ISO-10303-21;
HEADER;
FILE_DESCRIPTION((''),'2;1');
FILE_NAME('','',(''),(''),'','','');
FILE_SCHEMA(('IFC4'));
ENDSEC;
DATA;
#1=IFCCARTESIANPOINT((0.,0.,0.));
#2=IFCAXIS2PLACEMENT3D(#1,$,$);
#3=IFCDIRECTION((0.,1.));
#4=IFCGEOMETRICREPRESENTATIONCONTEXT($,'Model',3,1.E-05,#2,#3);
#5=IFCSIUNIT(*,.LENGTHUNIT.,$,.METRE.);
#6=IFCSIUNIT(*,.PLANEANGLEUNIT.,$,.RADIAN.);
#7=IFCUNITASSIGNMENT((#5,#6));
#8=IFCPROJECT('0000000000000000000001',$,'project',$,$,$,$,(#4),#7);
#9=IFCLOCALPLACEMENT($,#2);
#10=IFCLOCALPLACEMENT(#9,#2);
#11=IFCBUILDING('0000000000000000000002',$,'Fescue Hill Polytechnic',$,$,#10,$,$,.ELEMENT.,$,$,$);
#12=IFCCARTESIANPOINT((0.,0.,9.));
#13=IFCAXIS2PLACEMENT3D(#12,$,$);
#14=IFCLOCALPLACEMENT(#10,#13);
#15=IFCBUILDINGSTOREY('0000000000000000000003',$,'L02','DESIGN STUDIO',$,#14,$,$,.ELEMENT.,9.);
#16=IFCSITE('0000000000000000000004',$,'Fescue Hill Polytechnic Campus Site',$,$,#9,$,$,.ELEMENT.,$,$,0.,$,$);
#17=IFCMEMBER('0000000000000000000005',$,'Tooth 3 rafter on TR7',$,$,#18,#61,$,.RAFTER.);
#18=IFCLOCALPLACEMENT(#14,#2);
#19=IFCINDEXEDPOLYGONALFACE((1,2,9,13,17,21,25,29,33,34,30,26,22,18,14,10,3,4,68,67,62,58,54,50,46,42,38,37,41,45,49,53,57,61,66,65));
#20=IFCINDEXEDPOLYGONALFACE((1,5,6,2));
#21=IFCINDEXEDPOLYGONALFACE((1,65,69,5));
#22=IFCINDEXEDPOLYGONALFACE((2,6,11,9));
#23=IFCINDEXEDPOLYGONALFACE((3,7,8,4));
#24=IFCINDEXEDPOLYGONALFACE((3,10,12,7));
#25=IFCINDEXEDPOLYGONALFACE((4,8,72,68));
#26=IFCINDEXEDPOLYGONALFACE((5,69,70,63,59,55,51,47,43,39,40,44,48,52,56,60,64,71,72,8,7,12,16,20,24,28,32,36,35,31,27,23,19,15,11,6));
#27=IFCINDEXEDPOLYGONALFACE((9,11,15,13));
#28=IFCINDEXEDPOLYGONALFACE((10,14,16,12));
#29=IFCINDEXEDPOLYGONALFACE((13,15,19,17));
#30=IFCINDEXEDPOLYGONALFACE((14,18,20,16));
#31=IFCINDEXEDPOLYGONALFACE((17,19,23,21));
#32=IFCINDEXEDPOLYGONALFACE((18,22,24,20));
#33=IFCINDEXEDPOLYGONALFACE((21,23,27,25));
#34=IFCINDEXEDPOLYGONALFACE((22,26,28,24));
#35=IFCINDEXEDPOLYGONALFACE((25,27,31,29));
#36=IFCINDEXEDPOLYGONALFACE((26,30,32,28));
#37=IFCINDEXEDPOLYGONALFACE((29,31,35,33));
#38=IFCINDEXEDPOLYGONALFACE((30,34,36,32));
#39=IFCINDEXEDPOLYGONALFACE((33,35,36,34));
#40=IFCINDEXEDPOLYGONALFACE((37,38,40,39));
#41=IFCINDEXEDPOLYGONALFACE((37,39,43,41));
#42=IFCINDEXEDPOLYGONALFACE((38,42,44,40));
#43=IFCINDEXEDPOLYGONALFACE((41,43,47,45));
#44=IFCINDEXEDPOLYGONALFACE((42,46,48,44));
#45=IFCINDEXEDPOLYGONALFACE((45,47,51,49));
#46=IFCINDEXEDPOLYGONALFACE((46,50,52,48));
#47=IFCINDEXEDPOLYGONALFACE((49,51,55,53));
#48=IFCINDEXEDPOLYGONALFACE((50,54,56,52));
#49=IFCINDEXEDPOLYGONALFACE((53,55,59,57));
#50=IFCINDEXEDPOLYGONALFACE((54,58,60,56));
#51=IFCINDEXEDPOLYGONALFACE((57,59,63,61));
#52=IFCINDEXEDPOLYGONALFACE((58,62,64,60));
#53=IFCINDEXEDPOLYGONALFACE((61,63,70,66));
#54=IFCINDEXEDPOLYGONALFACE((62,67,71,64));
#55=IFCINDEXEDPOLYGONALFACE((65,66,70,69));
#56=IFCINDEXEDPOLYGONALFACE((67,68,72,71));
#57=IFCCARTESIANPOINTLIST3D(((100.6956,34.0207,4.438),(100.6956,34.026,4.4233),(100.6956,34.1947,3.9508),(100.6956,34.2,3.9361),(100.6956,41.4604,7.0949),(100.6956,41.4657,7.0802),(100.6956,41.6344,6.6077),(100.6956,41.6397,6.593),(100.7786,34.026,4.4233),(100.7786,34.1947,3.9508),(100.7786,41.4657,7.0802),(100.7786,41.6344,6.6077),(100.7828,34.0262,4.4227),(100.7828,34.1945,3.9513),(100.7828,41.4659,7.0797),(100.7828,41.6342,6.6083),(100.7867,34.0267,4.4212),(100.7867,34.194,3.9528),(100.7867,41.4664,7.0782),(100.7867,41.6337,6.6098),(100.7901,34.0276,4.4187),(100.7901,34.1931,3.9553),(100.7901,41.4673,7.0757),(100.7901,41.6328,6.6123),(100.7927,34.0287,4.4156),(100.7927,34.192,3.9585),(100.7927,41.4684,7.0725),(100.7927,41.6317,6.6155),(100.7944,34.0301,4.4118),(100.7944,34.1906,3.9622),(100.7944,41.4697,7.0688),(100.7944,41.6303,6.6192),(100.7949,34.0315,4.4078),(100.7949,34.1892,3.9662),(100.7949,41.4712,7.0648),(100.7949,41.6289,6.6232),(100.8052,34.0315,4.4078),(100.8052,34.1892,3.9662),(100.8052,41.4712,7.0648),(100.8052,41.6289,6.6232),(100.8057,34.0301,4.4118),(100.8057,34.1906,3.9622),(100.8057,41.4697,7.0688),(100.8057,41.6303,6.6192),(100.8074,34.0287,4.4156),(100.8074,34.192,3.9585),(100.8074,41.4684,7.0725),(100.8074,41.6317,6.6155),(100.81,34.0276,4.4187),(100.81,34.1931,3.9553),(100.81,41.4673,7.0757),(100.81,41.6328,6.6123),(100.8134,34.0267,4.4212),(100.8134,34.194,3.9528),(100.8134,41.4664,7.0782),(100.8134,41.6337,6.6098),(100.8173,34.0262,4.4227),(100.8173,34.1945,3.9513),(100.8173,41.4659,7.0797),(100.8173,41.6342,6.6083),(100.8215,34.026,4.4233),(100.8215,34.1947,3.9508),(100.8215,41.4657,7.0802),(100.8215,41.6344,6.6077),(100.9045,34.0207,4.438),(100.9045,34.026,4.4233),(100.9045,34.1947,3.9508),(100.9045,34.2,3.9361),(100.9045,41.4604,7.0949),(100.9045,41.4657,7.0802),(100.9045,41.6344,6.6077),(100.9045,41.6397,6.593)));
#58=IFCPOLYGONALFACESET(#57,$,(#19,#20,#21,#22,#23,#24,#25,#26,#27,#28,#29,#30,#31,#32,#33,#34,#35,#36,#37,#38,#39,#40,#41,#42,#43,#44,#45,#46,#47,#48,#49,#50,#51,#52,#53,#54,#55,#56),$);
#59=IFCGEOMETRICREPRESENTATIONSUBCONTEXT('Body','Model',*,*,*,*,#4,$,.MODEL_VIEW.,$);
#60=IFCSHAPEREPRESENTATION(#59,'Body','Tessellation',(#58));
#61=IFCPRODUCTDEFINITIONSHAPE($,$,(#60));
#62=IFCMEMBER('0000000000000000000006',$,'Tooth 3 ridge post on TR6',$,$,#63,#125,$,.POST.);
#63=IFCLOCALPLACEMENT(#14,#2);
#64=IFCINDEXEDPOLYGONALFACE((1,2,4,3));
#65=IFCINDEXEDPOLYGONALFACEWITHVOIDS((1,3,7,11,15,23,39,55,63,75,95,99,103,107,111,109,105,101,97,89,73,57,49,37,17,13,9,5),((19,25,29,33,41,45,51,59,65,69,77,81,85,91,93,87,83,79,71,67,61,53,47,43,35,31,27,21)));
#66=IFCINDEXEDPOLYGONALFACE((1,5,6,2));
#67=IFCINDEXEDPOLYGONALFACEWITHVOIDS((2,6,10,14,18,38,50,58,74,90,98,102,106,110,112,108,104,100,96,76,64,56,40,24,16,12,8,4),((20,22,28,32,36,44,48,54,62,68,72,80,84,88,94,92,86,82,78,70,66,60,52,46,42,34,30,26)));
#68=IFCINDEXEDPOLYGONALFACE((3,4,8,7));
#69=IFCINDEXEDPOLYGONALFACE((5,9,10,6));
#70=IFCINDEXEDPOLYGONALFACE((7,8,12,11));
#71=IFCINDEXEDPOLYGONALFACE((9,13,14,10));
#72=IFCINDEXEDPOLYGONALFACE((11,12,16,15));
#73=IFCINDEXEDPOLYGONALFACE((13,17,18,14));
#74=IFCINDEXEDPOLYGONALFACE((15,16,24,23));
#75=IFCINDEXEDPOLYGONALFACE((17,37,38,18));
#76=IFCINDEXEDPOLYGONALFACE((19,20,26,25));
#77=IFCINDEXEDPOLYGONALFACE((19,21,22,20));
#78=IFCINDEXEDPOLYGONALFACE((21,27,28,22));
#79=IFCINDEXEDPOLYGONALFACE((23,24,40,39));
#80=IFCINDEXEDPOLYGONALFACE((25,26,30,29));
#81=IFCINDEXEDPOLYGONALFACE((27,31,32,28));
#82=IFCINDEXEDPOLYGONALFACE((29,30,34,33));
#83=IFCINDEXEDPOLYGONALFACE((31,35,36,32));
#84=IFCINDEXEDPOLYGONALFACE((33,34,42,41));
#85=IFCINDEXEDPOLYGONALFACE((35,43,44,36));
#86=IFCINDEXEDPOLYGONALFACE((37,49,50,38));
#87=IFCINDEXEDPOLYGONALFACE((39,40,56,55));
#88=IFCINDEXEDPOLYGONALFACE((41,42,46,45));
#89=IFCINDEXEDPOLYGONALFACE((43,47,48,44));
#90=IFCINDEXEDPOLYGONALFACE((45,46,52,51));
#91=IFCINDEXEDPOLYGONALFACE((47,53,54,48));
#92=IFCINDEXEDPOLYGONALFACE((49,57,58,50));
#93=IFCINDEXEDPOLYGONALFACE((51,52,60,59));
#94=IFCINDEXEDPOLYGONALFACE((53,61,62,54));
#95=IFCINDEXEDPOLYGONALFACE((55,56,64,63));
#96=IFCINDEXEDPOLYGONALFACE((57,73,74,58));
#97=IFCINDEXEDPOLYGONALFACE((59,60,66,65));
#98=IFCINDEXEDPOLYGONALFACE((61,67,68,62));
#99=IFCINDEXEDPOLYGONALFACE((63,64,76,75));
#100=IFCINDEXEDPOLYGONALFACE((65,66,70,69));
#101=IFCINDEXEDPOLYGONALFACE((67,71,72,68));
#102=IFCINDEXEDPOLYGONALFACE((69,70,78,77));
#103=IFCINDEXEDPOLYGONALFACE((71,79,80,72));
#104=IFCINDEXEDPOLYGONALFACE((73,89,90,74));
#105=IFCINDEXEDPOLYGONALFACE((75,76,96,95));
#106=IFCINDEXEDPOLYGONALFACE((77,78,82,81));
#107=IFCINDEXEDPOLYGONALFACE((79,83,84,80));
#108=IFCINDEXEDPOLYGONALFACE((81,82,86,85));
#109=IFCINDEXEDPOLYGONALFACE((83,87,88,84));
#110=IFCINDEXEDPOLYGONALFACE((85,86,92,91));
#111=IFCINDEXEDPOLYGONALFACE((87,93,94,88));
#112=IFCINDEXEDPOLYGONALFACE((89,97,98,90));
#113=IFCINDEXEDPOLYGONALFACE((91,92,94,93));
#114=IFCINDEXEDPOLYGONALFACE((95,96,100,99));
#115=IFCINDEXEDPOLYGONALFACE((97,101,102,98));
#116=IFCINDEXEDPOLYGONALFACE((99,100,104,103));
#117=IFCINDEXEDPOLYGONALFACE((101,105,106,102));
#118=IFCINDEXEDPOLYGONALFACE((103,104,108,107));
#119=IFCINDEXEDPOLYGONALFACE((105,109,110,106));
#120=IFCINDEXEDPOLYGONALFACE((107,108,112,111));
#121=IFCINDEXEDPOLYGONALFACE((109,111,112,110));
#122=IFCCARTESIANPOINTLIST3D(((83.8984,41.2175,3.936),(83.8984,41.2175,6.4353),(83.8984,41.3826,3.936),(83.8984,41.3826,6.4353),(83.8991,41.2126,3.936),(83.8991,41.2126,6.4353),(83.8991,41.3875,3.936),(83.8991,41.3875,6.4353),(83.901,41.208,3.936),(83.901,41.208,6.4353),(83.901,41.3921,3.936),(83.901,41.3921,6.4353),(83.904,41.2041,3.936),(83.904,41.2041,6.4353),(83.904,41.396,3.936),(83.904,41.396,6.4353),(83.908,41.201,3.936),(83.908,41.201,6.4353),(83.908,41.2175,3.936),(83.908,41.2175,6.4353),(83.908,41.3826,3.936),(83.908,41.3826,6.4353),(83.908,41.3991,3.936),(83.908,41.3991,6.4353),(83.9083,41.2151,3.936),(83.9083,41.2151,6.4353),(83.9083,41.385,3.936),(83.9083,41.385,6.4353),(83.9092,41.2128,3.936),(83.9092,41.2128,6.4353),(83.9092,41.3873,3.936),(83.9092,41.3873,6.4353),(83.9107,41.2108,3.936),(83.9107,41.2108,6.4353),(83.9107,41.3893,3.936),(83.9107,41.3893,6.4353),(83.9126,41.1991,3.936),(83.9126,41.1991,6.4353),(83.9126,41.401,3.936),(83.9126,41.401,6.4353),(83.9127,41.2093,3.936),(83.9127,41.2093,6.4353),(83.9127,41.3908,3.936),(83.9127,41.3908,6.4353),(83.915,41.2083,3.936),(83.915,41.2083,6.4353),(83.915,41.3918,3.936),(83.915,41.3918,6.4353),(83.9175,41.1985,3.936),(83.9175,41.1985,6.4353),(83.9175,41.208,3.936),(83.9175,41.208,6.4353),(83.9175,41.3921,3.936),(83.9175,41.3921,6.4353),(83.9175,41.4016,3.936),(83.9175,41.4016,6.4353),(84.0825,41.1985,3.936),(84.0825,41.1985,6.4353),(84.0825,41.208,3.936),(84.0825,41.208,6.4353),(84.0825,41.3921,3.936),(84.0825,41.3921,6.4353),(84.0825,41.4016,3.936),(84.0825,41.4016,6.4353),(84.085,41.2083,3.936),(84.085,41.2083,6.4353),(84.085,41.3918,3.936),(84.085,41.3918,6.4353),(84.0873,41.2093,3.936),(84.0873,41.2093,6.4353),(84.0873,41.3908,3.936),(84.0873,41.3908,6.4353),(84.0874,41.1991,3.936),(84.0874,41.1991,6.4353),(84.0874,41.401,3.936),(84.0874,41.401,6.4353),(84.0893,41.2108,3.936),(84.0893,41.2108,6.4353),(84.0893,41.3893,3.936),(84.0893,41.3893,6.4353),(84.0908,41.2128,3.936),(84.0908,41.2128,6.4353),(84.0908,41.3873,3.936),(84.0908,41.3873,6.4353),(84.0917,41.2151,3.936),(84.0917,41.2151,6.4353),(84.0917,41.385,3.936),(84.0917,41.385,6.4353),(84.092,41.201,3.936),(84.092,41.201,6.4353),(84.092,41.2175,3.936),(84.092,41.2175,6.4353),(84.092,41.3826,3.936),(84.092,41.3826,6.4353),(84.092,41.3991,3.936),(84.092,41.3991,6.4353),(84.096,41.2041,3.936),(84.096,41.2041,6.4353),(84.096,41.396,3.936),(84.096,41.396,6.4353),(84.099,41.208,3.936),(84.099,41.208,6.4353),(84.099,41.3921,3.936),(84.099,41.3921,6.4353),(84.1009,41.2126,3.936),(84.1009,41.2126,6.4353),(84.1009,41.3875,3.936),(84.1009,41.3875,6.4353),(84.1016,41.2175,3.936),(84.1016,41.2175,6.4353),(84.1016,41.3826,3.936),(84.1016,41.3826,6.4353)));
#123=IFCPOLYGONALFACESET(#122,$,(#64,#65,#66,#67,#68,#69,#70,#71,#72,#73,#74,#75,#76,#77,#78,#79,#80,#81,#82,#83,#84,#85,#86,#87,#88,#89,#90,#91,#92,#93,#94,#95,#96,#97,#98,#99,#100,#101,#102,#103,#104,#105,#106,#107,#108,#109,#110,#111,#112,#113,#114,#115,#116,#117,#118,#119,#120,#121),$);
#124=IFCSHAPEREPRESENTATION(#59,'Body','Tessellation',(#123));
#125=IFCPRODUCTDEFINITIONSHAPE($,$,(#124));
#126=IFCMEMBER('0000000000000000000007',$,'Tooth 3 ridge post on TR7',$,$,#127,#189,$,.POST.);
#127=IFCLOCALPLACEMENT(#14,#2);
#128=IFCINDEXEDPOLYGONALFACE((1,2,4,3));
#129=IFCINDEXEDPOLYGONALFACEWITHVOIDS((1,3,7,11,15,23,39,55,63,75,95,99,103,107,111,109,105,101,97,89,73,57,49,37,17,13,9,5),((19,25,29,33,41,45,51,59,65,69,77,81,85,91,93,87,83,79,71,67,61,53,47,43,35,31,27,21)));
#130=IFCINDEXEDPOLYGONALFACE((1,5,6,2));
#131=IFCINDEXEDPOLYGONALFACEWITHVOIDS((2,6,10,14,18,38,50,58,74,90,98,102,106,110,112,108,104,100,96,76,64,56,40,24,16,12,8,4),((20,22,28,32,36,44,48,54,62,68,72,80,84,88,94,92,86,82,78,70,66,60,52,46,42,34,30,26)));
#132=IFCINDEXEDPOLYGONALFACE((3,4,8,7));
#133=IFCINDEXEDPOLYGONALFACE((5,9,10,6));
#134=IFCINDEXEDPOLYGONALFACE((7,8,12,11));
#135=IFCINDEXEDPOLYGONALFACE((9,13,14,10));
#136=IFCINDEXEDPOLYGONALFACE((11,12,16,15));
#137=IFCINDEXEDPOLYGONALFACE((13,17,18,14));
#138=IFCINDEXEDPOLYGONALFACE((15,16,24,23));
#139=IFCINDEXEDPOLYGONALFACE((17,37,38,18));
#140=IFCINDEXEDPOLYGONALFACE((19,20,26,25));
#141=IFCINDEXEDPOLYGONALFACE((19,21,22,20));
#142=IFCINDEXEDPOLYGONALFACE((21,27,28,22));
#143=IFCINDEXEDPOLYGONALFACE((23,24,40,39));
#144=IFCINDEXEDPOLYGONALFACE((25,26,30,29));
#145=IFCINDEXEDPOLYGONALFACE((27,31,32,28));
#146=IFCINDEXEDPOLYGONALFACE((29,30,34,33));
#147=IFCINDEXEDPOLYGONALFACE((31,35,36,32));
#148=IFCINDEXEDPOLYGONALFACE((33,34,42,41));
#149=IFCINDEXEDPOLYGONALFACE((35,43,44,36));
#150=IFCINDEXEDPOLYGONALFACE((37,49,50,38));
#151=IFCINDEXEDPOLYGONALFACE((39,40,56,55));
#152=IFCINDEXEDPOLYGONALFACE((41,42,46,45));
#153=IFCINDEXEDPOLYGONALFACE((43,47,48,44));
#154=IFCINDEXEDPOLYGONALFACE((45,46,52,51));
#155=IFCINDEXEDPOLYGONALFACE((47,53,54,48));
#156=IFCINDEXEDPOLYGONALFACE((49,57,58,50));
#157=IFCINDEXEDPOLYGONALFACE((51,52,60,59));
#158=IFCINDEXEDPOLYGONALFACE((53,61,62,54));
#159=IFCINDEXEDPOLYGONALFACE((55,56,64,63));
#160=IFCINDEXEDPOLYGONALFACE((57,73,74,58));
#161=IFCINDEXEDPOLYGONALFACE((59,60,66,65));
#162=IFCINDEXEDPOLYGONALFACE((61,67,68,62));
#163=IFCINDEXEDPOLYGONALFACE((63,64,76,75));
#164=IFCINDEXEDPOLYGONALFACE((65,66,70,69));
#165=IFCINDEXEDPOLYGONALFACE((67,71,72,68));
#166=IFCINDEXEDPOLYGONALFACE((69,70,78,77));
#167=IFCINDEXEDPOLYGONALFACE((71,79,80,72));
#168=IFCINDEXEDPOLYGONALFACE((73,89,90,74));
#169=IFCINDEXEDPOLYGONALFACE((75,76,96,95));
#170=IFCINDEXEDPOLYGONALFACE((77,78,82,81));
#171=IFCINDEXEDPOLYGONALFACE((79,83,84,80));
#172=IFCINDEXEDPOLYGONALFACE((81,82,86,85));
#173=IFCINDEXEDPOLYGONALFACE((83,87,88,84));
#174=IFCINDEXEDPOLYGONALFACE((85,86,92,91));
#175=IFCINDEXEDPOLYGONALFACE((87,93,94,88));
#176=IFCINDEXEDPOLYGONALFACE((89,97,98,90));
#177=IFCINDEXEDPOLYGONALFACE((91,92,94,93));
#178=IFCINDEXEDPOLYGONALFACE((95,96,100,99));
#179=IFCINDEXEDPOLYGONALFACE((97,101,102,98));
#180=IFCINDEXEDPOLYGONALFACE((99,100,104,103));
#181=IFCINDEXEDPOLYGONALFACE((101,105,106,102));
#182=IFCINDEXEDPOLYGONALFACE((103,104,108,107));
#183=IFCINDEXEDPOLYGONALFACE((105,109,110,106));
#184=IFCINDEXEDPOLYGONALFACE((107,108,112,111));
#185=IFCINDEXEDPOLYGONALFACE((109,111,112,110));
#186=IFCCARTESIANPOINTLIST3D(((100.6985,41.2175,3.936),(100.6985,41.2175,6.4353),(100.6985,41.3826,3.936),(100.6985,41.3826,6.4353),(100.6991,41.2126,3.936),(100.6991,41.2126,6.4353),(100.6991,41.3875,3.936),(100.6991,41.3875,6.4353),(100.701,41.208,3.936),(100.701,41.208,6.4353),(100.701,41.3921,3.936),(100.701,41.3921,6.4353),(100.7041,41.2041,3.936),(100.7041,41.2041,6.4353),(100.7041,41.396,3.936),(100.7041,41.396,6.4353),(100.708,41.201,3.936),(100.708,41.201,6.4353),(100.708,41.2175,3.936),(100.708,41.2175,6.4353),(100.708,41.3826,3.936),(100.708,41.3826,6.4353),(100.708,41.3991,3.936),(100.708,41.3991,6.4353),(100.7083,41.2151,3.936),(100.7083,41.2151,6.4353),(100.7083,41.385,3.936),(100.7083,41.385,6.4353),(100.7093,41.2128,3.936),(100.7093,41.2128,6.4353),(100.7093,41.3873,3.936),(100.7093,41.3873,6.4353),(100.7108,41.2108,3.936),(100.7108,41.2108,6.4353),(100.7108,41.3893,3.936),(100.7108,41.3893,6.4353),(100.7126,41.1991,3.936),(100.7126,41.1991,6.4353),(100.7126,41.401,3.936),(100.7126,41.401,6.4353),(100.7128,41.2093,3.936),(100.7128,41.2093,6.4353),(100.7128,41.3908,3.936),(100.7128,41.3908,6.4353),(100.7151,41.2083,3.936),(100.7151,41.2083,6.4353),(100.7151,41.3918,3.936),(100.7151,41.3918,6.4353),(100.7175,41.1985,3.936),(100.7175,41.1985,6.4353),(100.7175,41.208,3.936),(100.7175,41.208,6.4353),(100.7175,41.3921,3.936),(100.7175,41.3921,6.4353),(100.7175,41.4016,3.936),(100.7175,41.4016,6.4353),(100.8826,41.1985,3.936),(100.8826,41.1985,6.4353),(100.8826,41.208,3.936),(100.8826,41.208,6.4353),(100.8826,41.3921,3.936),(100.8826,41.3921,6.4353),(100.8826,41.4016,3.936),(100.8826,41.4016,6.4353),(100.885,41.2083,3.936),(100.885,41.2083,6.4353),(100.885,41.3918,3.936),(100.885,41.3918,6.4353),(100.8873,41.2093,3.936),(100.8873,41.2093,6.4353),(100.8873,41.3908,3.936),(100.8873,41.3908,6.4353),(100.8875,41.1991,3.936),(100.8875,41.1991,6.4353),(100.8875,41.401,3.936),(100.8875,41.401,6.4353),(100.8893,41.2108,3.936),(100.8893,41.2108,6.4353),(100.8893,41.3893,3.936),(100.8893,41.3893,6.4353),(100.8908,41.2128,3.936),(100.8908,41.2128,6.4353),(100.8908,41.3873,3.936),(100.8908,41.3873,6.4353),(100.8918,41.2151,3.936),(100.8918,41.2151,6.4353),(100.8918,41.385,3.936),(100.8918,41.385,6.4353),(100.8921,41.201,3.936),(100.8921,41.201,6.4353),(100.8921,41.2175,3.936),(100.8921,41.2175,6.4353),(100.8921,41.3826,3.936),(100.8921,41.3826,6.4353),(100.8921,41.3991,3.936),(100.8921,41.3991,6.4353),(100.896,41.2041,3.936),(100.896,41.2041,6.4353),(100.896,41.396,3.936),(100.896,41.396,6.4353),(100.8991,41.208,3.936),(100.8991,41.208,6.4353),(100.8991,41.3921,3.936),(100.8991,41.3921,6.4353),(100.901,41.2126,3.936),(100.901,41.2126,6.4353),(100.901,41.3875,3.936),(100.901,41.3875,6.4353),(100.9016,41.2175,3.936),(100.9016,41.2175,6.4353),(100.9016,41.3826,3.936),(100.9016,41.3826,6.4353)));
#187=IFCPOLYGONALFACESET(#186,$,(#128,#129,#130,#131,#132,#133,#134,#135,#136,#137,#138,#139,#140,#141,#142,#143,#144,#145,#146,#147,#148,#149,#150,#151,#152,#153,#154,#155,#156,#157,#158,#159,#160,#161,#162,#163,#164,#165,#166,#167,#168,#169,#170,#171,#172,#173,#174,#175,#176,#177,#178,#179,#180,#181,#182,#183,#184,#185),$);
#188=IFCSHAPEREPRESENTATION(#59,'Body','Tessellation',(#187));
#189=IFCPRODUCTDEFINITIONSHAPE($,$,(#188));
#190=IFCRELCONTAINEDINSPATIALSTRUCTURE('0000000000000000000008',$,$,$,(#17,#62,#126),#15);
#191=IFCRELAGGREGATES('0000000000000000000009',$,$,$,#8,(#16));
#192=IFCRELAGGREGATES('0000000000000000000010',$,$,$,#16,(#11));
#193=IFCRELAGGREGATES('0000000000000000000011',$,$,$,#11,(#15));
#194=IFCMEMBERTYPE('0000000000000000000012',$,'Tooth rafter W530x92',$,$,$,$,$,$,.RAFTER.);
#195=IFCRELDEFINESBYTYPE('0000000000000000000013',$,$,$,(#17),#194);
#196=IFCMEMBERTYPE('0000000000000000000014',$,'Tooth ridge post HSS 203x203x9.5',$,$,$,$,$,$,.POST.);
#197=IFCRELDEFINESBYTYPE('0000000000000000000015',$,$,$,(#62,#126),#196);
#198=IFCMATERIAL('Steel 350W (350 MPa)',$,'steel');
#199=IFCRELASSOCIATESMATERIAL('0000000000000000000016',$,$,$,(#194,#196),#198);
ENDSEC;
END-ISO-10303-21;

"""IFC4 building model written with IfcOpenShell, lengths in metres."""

from ifc_helpers import new_model, si_unit, direction, frame, origin, origin_2d, place, context, subcontext, project, spatial, hollow_rectangle, i_section, extrude, material, material_profile, profile_set, type_object, element, save


model = new_model("IFC4")

# Units and contexts
model_context = context("Model", 3, precision=1e-05, world=origin(), true_north=direction((0.0, 1.0)))
body_context = subcontext(model_context, "Body", "Model", "MODEL_VIEW")
ifc_project = project(units=[si_unit("LENGTHUNIT", "METRE"), si_unit("PLANEANGLEUNIT", "RADIAN")], contexts=[model_context])

# Site, building, storey
site_placement = place(None, origin())
site = spatial("IfcSite", under=ifc_project, at=site_placement, Name="Fescue Hill Polytechnic Campus Site", CompositionType="ELEMENT", RefElevation=0.0)
building_placement = place(site_placement, origin())
building = spatial("IfcBuilding", under=site, at=building_placement, Name="Fescue Hill Polytechnic", CompositionType="ELEMENT")
storey_placement = place(building_placement, frame((0.0, 0.0, 9.0)))
storey = spatial("IfcBuildingStorey", under=building, at=storey_placement, Name="L02", Description="DESIGN STUDIO", CompositionType="ELEMENT", Elevation=9.0)

# Members
ifc_material = material(Name="Steel 350W (350 MPa)", Category="steel")
ifc_material_profile_1 = material_profile(ifc_material, i_section(OverallWidth=0.209, OverallDepth=0.533, WebThickness=0.0103, FlangeThickness=0.0156, FilletRadius=0.0164, at=origin_2d()), Name="W530x92")
ifc_profile_set_1 = profile_set([ifc_material_profile_1], Name="Steel 350W (350 MPa)")
member_type_1 = type_object("IfcMemberType", Name="Tooth rafter W530x92", PredefinedType="RAFTER", material=ifc_profile_set_1)
member_1_placement = place(storey_placement, frame((100.8, 34.1104, 4.187), z_axis=(0.0, 0.941744, 0.336331), x_axis=(-1.0, 0.0, 0.0)))
element("IfcMember", 1, at=member_1_placement, inside=storey, type_object=member_type_1, Name="Tooth 3 rafter on TR7", PredefinedType="RAFTER", context=body_context, shape_type="SweptSolid", body=[
    extrude(i_section(OverallWidth=0.209, OverallDepth=0.533, WebThickness=0.0103, FlangeThickness=0.0156, FilletRadius=0.0164, at=origin_2d()), origin(), (0.0, 0.0, 1.0), 7.8999),
])
ifc_material_profile_2 = material_profile(ifc_material, hollow_rectangle(XDim=0.2031, YDim=0.2031, WallThickness=0.0095, InnerFilletRadius=0.0095, OuterFilletRadius=0.019, at=origin_2d()), Name="Tooth ridge post HSS 203x203x9.5")
ifc_profile_set_2 = profile_set([ifc_material_profile_2], Name="Steel 350W (350 MPa)")
member_type_2 = type_object("IfcMemberType", Name="Tooth ridge post HSS 203x203x9.5", PredefinedType="POST", material=ifc_profile_set_2)
for number, where, z_axis, x_axis, name in (
    (2, (84.0, 41.3, 3.936), (0.0, 0.0, 1.0), (1.0, 0.0, 0.0), "Tooth 3 ridge post on TR6"),
    (3, (100.8, 41.3, 3.936), (0.0, 0.0, 1.0), (1.0, 0.0, 0.0), "Tooth 3 ridge post on TR7"),
):
    element("IfcMember", number, at=place(storey_placement, frame(where, z_axis=z_axis, x_axis=x_axis)), inside=storey, type_object=member_type_2, Name=name, PredefinedType="POST", context=body_context, shape_type="SweptSolid", body=[
        extrude(hollow_rectangle(XDim=0.2031, YDim=0.2031, WallThickness=0.0095, InnerFilletRadius=0.0095, OuterFilletRadius=0.019, at=origin_2d()), origin(), (0.0, 0.0, 1.0), 2.4993),
    ])

save(model, "model.ifc")
